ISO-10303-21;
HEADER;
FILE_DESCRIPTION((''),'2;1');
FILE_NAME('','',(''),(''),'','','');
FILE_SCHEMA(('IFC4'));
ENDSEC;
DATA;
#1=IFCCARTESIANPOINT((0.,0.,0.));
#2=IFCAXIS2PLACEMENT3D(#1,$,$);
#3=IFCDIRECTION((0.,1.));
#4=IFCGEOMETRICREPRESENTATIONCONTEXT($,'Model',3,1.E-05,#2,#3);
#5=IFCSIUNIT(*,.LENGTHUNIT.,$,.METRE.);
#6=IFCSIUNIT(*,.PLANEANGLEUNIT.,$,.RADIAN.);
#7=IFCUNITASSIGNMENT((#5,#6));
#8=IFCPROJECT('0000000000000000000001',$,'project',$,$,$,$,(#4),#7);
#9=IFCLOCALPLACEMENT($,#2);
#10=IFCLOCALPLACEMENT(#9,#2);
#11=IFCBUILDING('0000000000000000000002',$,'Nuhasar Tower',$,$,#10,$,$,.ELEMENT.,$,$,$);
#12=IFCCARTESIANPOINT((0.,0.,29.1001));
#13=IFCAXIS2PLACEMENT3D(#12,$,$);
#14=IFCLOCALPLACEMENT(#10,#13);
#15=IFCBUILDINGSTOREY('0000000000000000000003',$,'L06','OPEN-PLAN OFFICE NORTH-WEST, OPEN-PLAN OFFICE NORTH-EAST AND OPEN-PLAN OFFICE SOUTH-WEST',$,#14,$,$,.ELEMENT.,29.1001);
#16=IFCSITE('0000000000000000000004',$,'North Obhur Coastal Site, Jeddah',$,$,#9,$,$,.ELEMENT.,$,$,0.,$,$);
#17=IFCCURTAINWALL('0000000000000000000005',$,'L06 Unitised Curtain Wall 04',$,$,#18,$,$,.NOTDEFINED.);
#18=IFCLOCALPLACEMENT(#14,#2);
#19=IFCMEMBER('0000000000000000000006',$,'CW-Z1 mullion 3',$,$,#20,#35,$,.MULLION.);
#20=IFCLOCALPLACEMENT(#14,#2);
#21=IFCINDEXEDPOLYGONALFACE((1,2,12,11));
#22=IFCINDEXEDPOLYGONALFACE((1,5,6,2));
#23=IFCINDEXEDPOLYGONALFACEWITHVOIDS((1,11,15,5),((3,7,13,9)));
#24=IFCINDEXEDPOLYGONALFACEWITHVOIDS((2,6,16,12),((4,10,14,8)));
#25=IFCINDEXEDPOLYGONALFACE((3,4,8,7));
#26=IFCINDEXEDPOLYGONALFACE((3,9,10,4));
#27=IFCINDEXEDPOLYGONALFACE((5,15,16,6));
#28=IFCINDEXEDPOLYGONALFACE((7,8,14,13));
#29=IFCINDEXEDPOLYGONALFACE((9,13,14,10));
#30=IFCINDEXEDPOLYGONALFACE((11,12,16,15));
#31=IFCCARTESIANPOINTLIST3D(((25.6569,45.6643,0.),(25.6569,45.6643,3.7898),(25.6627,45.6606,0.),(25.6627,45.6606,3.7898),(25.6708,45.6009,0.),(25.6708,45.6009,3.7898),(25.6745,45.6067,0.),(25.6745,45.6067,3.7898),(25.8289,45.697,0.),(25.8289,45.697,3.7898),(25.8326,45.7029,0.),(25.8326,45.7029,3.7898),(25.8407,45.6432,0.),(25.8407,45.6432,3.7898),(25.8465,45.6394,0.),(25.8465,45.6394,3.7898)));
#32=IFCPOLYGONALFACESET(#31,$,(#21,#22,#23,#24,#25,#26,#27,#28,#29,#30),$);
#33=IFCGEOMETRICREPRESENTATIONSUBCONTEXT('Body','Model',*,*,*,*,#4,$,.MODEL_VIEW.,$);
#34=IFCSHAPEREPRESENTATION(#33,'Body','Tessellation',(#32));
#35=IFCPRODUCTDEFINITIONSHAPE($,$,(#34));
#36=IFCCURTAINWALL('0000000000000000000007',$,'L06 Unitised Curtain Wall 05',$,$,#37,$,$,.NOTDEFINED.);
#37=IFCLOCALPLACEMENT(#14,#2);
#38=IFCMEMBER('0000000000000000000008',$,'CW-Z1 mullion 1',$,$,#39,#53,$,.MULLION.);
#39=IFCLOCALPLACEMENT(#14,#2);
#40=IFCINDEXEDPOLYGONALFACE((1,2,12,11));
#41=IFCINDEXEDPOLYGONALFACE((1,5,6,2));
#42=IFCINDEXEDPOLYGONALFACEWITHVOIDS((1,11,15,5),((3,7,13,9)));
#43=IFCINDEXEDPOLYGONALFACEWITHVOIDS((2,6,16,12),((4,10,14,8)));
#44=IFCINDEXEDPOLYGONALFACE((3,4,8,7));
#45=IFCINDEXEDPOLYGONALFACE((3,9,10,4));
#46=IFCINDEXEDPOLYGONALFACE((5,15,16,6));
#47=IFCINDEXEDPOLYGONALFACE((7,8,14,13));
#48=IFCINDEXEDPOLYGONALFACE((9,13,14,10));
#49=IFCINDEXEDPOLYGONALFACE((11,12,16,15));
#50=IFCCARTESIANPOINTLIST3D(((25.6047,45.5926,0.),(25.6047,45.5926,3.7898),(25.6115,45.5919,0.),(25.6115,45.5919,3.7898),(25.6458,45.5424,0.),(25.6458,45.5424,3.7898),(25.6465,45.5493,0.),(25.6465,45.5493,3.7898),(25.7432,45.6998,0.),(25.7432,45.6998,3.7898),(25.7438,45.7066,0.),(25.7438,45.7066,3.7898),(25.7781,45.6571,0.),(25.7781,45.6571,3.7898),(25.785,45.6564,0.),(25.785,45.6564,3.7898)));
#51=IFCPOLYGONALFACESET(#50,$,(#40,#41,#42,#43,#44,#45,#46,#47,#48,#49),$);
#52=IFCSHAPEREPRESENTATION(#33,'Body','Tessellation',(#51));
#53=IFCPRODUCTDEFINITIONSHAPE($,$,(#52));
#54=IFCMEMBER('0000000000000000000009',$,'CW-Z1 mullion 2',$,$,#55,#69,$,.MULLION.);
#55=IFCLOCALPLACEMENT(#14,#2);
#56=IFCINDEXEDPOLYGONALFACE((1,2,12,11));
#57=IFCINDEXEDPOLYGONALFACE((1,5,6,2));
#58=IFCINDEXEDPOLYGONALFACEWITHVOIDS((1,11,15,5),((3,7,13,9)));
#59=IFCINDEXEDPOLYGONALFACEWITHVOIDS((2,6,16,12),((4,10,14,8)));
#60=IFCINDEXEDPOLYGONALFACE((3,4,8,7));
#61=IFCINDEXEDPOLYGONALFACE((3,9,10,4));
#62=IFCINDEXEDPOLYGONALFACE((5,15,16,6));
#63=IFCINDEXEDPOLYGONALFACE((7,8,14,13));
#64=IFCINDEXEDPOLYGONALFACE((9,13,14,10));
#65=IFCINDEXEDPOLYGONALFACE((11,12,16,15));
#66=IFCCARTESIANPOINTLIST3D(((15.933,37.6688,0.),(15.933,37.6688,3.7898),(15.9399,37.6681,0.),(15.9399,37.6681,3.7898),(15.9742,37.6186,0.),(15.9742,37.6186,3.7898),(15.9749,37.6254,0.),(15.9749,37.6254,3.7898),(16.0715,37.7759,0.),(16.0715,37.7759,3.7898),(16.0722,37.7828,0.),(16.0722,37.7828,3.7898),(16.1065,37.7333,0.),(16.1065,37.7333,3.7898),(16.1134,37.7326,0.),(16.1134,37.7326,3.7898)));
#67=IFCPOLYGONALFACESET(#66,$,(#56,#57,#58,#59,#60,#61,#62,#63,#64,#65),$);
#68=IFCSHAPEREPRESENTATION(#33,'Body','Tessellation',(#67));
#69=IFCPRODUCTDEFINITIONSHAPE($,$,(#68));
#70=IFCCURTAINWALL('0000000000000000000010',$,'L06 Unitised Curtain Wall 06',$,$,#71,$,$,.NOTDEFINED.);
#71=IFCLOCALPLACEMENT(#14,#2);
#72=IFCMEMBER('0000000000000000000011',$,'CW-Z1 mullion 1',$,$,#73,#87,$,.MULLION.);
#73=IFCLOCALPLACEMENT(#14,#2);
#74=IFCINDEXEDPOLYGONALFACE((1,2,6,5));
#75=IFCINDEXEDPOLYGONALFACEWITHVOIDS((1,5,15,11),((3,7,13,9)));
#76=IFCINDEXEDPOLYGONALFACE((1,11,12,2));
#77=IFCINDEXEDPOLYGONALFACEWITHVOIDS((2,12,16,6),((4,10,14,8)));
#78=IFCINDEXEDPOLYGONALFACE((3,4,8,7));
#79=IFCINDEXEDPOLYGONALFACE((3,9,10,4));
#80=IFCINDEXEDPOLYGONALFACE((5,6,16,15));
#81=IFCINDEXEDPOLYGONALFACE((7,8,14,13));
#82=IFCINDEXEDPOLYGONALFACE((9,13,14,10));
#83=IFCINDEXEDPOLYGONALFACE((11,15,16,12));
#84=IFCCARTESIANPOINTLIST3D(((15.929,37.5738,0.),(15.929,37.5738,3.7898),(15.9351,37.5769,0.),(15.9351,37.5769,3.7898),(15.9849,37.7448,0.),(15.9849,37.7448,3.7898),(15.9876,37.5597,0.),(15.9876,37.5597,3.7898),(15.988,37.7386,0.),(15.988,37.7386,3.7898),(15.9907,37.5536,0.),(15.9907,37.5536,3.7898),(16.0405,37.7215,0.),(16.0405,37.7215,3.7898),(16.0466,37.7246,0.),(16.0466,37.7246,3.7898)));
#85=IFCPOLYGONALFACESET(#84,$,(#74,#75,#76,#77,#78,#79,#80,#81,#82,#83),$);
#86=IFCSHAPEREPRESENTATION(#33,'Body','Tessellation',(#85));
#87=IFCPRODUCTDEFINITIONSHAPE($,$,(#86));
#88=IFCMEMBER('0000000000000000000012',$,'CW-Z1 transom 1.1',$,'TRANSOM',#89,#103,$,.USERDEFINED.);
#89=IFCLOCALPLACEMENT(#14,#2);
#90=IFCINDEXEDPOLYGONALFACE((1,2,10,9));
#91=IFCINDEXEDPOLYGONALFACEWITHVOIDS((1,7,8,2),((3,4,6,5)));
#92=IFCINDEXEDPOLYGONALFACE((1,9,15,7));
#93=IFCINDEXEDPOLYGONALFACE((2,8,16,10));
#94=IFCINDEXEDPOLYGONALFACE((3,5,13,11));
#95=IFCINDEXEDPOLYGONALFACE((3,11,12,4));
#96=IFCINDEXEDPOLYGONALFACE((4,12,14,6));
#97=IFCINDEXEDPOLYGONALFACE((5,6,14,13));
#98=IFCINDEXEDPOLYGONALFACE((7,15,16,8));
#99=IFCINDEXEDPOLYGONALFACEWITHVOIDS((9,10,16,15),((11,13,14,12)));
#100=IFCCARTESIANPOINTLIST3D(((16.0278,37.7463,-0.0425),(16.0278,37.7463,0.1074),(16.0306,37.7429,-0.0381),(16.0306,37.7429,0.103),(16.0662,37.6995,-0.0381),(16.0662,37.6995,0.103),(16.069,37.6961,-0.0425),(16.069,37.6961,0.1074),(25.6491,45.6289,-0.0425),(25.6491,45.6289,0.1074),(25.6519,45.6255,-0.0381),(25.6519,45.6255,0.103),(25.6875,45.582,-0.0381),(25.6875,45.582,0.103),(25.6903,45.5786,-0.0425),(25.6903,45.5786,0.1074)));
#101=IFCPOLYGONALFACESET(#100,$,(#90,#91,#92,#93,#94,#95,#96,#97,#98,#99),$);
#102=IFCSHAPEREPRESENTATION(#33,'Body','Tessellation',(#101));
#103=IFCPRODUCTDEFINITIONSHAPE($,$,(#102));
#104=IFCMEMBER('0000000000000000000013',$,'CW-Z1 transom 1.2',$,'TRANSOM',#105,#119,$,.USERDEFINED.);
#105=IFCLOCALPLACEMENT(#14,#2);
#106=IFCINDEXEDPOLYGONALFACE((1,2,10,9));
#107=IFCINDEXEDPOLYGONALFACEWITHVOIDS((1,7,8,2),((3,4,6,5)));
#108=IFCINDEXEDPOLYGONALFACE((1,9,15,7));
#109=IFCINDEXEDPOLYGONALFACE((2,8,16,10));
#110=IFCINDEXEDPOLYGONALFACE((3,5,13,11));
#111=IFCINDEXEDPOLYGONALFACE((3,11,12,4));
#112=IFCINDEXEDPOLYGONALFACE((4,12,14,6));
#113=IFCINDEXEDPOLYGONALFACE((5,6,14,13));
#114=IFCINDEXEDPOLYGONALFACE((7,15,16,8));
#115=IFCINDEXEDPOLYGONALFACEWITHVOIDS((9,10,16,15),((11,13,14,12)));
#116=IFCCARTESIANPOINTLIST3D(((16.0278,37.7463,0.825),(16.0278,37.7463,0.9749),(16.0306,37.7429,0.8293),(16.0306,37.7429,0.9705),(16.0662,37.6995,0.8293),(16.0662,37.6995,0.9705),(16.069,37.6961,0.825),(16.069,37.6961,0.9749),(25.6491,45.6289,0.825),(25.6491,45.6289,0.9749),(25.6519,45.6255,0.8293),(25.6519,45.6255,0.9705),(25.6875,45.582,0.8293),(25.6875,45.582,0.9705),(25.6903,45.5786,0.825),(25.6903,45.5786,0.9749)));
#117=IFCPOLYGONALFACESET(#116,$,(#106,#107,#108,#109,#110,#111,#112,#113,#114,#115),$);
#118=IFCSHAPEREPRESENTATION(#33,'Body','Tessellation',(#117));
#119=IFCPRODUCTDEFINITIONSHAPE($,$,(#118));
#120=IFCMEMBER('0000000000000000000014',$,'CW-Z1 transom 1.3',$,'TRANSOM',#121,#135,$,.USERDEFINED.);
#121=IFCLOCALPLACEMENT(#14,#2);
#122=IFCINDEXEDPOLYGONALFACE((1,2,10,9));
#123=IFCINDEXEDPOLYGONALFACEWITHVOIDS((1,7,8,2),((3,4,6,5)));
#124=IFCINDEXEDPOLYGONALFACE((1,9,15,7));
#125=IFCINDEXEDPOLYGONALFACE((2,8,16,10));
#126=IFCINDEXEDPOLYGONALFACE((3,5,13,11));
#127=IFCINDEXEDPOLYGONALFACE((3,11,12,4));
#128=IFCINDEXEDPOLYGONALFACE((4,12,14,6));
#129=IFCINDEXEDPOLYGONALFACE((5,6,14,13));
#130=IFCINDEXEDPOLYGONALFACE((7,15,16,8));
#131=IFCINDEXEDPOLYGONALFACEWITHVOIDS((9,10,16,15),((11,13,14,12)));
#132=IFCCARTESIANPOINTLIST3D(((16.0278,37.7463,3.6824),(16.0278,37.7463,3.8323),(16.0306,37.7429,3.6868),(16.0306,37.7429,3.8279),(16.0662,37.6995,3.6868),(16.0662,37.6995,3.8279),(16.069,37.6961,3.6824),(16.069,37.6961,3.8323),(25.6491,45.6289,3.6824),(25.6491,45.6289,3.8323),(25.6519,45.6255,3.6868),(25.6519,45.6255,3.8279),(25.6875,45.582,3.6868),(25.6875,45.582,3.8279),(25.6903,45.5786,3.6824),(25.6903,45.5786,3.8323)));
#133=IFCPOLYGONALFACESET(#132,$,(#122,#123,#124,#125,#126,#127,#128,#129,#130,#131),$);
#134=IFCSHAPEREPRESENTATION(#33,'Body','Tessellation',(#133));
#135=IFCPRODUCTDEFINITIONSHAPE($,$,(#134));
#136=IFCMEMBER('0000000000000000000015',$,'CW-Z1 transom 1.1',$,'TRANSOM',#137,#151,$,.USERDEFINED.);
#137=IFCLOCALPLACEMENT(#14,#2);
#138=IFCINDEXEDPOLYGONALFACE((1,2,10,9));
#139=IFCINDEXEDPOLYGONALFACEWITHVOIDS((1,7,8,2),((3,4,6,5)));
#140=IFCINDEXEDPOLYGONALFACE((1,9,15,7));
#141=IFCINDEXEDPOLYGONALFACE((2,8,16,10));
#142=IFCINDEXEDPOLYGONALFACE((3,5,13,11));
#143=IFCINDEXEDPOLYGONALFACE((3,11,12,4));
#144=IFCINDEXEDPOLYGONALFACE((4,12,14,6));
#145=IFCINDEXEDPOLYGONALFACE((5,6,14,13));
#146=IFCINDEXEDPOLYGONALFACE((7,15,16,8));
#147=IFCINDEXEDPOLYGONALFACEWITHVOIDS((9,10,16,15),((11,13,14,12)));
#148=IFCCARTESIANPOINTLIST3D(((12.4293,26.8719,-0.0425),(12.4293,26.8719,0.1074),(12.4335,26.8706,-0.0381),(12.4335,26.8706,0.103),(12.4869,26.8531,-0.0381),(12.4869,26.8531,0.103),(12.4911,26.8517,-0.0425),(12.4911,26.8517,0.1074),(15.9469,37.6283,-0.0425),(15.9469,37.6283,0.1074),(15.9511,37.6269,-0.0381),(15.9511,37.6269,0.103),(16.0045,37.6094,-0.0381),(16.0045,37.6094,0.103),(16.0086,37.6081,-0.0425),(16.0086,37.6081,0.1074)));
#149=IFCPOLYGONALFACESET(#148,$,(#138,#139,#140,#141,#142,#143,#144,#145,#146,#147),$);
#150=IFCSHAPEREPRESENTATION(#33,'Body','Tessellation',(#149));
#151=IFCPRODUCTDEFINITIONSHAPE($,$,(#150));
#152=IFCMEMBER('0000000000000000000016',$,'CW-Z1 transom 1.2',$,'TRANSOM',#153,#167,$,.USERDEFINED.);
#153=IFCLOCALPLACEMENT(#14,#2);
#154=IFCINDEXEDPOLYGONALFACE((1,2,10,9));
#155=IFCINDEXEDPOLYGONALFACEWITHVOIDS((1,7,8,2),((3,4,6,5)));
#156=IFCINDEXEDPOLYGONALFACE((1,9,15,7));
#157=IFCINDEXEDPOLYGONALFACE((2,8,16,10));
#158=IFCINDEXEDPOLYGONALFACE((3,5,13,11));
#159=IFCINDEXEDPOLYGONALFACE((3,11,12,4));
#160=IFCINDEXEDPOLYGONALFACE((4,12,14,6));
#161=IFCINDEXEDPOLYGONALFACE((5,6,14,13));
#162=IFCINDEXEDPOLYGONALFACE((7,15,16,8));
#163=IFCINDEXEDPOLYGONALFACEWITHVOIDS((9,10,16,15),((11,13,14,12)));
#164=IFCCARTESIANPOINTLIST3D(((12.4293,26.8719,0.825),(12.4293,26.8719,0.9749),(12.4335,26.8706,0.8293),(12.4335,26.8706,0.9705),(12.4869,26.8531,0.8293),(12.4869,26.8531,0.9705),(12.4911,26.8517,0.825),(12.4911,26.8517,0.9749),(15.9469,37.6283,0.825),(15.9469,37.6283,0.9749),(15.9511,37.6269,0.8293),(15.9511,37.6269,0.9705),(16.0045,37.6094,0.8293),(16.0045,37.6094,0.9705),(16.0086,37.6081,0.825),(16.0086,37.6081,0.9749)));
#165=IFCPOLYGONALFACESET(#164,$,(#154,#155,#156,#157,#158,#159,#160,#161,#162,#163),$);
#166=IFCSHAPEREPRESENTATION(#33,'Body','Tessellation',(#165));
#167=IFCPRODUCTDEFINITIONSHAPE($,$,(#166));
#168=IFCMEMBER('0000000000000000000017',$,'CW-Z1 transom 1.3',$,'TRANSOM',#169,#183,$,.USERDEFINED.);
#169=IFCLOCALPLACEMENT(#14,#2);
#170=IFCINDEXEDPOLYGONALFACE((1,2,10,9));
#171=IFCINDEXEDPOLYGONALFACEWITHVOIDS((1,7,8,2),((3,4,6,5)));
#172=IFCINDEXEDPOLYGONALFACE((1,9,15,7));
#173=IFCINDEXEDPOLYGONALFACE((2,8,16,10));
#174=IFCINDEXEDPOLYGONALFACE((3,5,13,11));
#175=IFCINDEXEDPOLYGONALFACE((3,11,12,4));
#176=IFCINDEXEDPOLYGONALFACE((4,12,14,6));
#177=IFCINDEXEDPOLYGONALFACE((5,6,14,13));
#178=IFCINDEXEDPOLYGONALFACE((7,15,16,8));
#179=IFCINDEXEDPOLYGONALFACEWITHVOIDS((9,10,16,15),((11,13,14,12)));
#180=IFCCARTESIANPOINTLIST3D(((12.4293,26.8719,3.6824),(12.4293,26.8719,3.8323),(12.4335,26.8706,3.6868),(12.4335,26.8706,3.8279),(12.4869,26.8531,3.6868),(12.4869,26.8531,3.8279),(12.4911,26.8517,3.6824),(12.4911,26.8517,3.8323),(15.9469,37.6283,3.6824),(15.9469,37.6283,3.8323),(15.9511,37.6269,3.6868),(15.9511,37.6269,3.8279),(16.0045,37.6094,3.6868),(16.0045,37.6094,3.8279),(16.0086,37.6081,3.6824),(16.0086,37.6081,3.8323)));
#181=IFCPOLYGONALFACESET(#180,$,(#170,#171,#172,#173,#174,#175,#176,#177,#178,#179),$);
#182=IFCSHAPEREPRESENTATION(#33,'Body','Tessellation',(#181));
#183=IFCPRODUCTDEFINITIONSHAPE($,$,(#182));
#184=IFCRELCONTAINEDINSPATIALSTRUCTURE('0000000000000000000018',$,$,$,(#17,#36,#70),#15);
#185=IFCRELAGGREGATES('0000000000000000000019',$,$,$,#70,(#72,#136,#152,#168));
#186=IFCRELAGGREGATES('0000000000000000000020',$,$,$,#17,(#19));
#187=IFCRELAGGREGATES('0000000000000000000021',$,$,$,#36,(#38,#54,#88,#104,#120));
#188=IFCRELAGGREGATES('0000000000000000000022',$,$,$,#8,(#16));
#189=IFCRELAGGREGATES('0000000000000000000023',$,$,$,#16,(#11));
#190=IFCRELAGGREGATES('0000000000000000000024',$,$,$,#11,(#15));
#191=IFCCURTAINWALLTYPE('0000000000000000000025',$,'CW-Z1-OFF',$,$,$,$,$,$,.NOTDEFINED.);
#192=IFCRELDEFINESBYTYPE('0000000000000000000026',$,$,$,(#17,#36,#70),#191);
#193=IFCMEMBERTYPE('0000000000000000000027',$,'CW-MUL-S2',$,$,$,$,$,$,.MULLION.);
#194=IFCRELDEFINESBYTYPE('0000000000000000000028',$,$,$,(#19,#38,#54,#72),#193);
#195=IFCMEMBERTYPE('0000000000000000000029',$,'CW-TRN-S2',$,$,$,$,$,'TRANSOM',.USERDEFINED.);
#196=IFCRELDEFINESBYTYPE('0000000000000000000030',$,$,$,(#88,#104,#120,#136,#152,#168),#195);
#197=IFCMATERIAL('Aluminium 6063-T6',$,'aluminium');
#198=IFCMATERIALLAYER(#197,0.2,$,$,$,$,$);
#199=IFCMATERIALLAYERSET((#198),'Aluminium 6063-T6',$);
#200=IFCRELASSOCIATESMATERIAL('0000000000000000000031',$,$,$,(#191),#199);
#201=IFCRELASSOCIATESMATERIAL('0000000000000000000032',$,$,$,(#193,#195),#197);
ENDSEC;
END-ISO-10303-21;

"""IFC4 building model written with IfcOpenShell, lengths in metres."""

from ifc_helpers import new_model, si_unit, direction, frame, origin, origin_2d, place, context, subcontext, project, spatial, hollow_rectangle, extrude, material, layer, layer_set, material_profile, profile_set, type_object, element, aggregate, save


model = new_model("IFC4")

# Units and contexts
model_context = context("Model", 3, precision=1e-05, world=origin(), true_north=direction((0.0, 1.0)))
body_context = subcontext(model_context, "Body", "Model", "MODEL_VIEW")
ifc_project = project(units=[si_unit("LENGTHUNIT", "METRE"), si_unit("PLANEANGLEUNIT", "RADIAN")], contexts=[model_context])

# Site, building, storey
site_placement = place(None, origin())
site = spatial("IfcSite", under=ifc_project, at=site_placement, Name="North Obhur Coastal Site, Jeddah", CompositionType="ELEMENT", RefElevation=0.0)
building_placement = place(site_placement, origin())
building = spatial("IfcBuilding", under=site, at=building_placement, Name="Nuhasar Tower", CompositionType="ELEMENT")
storey_placement = place(building_placement, frame((0.0, 0.0, 29.1001)))
storey = spatial("IfcBuildingStorey", under=building, at=storey_placement, Name="L06", Description="OPEN-PLAN OFFICE NORTH-WEST, OPEN-PLAN OFFICE NORTH-EAST AND OPEN-PLAN OFFICE SOUTH-WEST", CompositionType="ELEMENT", Elevation=29.1001)

# Curtain wall, member
ifc_material_1 = material(Name="Aluminium 6063-T6", Category="aluminium")
ifc_layer_1 = layer(ifc_material_1, 0.2)
ifc_layer_set_1 = layer_set([ifc_layer_1], Name="Aluminium 6063-T6")
curtain_wall_type = type_object("IfcCurtainWallType", Name="CW-Z1-OFF", PredefinedType="NOTDEFINED", material=ifc_layer_set_1)
curtain_wall_1_placement = place(storey_placement, origin())
curtain_wall_1 = element("IfcCurtainWall", 1, at=curtain_wall_1_placement, inside=storey, type_object=curtain_wall_type, Name="L06 Unitised Curtain Wall 04", PredefinedType="NOTDEFINED")
ifc_material_profile_1 = material_profile(ifc_material_1, hollow_rectangle(XDim=0.0649, YDim=0.1799, WallThickness=0.0049, at=origin_2d()), Name="CWM-2")
ifc_profile_set_1 = profile_set([ifc_material_profile_1], Name="Aluminium 6063-T6")
member_type_1 = type_object("IfcMemberType", Name="CW-MUL-S2", PredefinedType="MULLION", material=ifc_profile_set_1)
member_1_placement = place(storey_placement, frame((25.7517, 45.6519, 0.0), z_axis=(0.0, 0.0, 1.0), x_axis=(0.214399, -0.976746, 0.0)))
member_1 = element("IfcMember", 2, at=member_1_placement, type_object=member_type_1, Name="CW-Z1 mullion 3", PredefinedType="MULLION", context=body_context, shape_type="SweptSolid", body=[
    extrude(hollow_rectangle(XDim=0.0649, YDim=0.1799, WallThickness=0.0049, at=origin_2d()), origin(), (0.0, 0.0, 1.0), 3.7898),
])

# Curtain wall, members
curtain_wall_2_placement = place(storey_placement, origin())
curtain_wall_2 = element("IfcCurtainWall", 3, at=curtain_wall_2_placement, inside=storey, type_object=curtain_wall_type, Name="L06 Unitised Curtain Wall 05", PredefinedType="NOTDEFINED")
member_2_placement = place(storey_placement, frame((25.6948, 45.6245, 0.0), z_axis=(0.0, 0.0, 1.0), x_axis=(0.633745, -0.773542, 0.0)))
member_2 = element("IfcMember", 4, at=member_2_placement, type_object=member_type_1, Name="CW-Z1 mullion 1", PredefinedType="MULLION", context=body_context, shape_type="SweptSolid", body=[
    extrude(hollow_rectangle(XDim=0.0649, YDim=0.1799, WallThickness=0.0049, at=origin_2d()), origin(), (0.0, 0.0, 1.0), 3.7898),
])
member_3_placement = place(storey_placement, frame((16.0232, 37.7007, 0.0), z_axis=(0.0, 0.0, 1.0), x_axis=(0.633745, -0.773542, 0.0)))
member_3 = element("IfcMember", 5, at=member_3_placement, type_object=member_type_1, Name="CW-Z1 mullion 2", PredefinedType="MULLION", context=body_context, shape_type="SweptSolid", body=[
    extrude(hollow_rectangle(XDim=0.0649, YDim=0.1799, WallThickness=0.0049, at=origin_2d()), origin(), (0.0, 0.0, 1.0), 3.7898),
])

# Curtain wall, member
curtain_wall_3_placement = place(storey_placement, origin())
curtain_wall_3 = element("IfcCurtainWall", 6, at=curtain_wall_3_placement, inside=storey, type_object=curtain_wall_type, Name="L06 Unitised Curtain Wall 06", PredefinedType="NOTDEFINED")
member_4_placement = place(storey_placement, frame((15.9878, 37.6492, 0.0), z_axis=(0.0, 0.0, 1.0), x_axis=(0.950468, -0.310824, 0.0)))
member_4 = element("IfcMember", 7, at=member_4_placement, type_object=member_type_1, Name="CW-Z1 mullion 1", PredefinedType="MULLION", context=body_context, shape_type="SweptSolid", body=[
    extrude(hollow_rectangle(XDim=0.0649, YDim=0.1799, WallThickness=0.0049, at=origin_2d()), origin(), (0.0, 0.0, 1.0), 3.7898),
])

# Members
ifc_material_profile_2 = material_profile(ifc_material_1, hollow_rectangle(XDim=0.0649, YDim=0.1499, WallThickness=0.0044, at=origin_2d()), Name="CWT-2")
ifc_profile_set_2 = profile_set([ifc_material_profile_2], Name="Aluminium 6063-T6")
member_type_2 = type_object("IfcMemberType", Name="CW-TRN-S2", ElementType="TRANSOM", PredefinedType="USERDEFINED", material=ifc_profile_set_2)
member_5_placement = place(storey_placement, frame((25.6697, 45.6038, 0.0325), z_axis=(-0.773541, -0.633746, 0.0), x_axis=(0.633746, -0.773541, 0.0)))
member_5 = element("IfcMember", 8, at=member_5_placement, type_object=member_type_2, Name="CW-Z1 transom 1.1", ObjectType="TRANSOM", PredefinedType="USERDEFINED", context=body_context, shape_type="SweptSolid", body=[
    extrude(hollow_rectangle(XDim=0.0649, YDim=0.1499, WallThickness=0.0044, at=origin_2d()), origin(), (0.0, 0.0, 1.0), 12.438),
])
member_6_placement = place(storey_placement, frame((25.6697, 45.6038, 0.8999), z_axis=(-0.773541, -0.633746, 0.0), x_axis=(0.633746, -0.773541, 0.0)))
member_6 = element("IfcMember", 9, at=member_6_placement, type_object=member_type_2, Name="CW-Z1 transom 1.2", ObjectType="TRANSOM", PredefinedType="USERDEFINED", context=body_context, shape_type="SweptSolid", body=[
    extrude(hollow_rectangle(XDim=0.0649, YDim=0.1499, WallThickness=0.0044, at=origin_2d()), origin(), (0.0, 0.0, 1.0), 12.438),
])
member_7_placement = place(storey_placement, frame((25.6697, 45.6038, 3.7573), z_axis=(-0.773541, -0.633746, 0.0), x_axis=(0.633746, -0.773541, 0.0)))
member_7 = element("IfcMember", 10, at=member_7_placement, type_object=member_type_2, Name="CW-Z1 transom 1.3", ObjectType="TRANSOM", PredefinedType="USERDEFINED", context=body_context, shape_type="SweptSolid", body=[
    extrude(hollow_rectangle(XDim=0.0649, YDim=0.1499, WallThickness=0.0044, at=origin_2d()), origin(), (0.0, 0.0, 1.0), 12.438),
])
member_8_placement = place(storey_placement, frame((15.9778, 37.6182, 0.0325), z_axis=(-0.310825, -0.950467, 0.0), x_axis=(0.950467, -0.310825, 0.0)))
member_8 = element("IfcMember", 11, at=member_8_placement, type_object=member_type_2, Name="CW-Z1 transom 1.1", ObjectType="TRANSOM", PredefinedType="USERDEFINED", context=body_context, shape_type="SweptSolid", body=[
    extrude(hollow_rectangle(XDim=0.0649, YDim=0.1499, WallThickness=0.0044, at=origin_2d()), origin(), (0.0, 0.0, 1.0), 11.3169),
])
member_9_placement = place(storey_placement, frame((15.9778, 37.6182, 0.8999), z_axis=(-0.310825, -0.950467, 0.0), x_axis=(0.950467, -0.310825, 0.0)))
member_9 = element("IfcMember", 12, at=member_9_placement, type_object=member_type_2, Name="CW-Z1 transom 1.2", ObjectType="TRANSOM", PredefinedType="USERDEFINED", context=body_context, shape_type="SweptSolid", body=[
    extrude(hollow_rectangle(XDim=0.0649, YDim=0.1499, WallThickness=0.0044, at=origin_2d()), origin(), (0.0, 0.0, 1.0), 11.3169),
])
member_10_placement = place(storey_placement, frame((15.9778, 37.6182, 3.7573), z_axis=(-0.310825, -0.950467, 0.0), x_axis=(0.950467, -0.310825, 0.0)))
member_10 = element("IfcMember", 13, at=member_10_placement, type_object=member_type_2, Name="CW-Z1 transom 1.3", ObjectType="TRANSOM", PredefinedType="USERDEFINED", context=body_context, shape_type="SweptSolid", body=[
    extrude(hollow_rectangle(XDim=0.0649, YDim=0.1499, WallThickness=0.0044, at=origin_2d()), origin(), (0.0, 0.0, 1.0), 11.3169),
])
aggregate(curtain_wall_3, [member_4, member_8, member_9, member_10])

aggregate(curtain_wall_1, [member_1])
aggregate(curtain_wall_2, [member_2, member_3, member_5, member_6, member_7])

save(model, "model.ifc")
